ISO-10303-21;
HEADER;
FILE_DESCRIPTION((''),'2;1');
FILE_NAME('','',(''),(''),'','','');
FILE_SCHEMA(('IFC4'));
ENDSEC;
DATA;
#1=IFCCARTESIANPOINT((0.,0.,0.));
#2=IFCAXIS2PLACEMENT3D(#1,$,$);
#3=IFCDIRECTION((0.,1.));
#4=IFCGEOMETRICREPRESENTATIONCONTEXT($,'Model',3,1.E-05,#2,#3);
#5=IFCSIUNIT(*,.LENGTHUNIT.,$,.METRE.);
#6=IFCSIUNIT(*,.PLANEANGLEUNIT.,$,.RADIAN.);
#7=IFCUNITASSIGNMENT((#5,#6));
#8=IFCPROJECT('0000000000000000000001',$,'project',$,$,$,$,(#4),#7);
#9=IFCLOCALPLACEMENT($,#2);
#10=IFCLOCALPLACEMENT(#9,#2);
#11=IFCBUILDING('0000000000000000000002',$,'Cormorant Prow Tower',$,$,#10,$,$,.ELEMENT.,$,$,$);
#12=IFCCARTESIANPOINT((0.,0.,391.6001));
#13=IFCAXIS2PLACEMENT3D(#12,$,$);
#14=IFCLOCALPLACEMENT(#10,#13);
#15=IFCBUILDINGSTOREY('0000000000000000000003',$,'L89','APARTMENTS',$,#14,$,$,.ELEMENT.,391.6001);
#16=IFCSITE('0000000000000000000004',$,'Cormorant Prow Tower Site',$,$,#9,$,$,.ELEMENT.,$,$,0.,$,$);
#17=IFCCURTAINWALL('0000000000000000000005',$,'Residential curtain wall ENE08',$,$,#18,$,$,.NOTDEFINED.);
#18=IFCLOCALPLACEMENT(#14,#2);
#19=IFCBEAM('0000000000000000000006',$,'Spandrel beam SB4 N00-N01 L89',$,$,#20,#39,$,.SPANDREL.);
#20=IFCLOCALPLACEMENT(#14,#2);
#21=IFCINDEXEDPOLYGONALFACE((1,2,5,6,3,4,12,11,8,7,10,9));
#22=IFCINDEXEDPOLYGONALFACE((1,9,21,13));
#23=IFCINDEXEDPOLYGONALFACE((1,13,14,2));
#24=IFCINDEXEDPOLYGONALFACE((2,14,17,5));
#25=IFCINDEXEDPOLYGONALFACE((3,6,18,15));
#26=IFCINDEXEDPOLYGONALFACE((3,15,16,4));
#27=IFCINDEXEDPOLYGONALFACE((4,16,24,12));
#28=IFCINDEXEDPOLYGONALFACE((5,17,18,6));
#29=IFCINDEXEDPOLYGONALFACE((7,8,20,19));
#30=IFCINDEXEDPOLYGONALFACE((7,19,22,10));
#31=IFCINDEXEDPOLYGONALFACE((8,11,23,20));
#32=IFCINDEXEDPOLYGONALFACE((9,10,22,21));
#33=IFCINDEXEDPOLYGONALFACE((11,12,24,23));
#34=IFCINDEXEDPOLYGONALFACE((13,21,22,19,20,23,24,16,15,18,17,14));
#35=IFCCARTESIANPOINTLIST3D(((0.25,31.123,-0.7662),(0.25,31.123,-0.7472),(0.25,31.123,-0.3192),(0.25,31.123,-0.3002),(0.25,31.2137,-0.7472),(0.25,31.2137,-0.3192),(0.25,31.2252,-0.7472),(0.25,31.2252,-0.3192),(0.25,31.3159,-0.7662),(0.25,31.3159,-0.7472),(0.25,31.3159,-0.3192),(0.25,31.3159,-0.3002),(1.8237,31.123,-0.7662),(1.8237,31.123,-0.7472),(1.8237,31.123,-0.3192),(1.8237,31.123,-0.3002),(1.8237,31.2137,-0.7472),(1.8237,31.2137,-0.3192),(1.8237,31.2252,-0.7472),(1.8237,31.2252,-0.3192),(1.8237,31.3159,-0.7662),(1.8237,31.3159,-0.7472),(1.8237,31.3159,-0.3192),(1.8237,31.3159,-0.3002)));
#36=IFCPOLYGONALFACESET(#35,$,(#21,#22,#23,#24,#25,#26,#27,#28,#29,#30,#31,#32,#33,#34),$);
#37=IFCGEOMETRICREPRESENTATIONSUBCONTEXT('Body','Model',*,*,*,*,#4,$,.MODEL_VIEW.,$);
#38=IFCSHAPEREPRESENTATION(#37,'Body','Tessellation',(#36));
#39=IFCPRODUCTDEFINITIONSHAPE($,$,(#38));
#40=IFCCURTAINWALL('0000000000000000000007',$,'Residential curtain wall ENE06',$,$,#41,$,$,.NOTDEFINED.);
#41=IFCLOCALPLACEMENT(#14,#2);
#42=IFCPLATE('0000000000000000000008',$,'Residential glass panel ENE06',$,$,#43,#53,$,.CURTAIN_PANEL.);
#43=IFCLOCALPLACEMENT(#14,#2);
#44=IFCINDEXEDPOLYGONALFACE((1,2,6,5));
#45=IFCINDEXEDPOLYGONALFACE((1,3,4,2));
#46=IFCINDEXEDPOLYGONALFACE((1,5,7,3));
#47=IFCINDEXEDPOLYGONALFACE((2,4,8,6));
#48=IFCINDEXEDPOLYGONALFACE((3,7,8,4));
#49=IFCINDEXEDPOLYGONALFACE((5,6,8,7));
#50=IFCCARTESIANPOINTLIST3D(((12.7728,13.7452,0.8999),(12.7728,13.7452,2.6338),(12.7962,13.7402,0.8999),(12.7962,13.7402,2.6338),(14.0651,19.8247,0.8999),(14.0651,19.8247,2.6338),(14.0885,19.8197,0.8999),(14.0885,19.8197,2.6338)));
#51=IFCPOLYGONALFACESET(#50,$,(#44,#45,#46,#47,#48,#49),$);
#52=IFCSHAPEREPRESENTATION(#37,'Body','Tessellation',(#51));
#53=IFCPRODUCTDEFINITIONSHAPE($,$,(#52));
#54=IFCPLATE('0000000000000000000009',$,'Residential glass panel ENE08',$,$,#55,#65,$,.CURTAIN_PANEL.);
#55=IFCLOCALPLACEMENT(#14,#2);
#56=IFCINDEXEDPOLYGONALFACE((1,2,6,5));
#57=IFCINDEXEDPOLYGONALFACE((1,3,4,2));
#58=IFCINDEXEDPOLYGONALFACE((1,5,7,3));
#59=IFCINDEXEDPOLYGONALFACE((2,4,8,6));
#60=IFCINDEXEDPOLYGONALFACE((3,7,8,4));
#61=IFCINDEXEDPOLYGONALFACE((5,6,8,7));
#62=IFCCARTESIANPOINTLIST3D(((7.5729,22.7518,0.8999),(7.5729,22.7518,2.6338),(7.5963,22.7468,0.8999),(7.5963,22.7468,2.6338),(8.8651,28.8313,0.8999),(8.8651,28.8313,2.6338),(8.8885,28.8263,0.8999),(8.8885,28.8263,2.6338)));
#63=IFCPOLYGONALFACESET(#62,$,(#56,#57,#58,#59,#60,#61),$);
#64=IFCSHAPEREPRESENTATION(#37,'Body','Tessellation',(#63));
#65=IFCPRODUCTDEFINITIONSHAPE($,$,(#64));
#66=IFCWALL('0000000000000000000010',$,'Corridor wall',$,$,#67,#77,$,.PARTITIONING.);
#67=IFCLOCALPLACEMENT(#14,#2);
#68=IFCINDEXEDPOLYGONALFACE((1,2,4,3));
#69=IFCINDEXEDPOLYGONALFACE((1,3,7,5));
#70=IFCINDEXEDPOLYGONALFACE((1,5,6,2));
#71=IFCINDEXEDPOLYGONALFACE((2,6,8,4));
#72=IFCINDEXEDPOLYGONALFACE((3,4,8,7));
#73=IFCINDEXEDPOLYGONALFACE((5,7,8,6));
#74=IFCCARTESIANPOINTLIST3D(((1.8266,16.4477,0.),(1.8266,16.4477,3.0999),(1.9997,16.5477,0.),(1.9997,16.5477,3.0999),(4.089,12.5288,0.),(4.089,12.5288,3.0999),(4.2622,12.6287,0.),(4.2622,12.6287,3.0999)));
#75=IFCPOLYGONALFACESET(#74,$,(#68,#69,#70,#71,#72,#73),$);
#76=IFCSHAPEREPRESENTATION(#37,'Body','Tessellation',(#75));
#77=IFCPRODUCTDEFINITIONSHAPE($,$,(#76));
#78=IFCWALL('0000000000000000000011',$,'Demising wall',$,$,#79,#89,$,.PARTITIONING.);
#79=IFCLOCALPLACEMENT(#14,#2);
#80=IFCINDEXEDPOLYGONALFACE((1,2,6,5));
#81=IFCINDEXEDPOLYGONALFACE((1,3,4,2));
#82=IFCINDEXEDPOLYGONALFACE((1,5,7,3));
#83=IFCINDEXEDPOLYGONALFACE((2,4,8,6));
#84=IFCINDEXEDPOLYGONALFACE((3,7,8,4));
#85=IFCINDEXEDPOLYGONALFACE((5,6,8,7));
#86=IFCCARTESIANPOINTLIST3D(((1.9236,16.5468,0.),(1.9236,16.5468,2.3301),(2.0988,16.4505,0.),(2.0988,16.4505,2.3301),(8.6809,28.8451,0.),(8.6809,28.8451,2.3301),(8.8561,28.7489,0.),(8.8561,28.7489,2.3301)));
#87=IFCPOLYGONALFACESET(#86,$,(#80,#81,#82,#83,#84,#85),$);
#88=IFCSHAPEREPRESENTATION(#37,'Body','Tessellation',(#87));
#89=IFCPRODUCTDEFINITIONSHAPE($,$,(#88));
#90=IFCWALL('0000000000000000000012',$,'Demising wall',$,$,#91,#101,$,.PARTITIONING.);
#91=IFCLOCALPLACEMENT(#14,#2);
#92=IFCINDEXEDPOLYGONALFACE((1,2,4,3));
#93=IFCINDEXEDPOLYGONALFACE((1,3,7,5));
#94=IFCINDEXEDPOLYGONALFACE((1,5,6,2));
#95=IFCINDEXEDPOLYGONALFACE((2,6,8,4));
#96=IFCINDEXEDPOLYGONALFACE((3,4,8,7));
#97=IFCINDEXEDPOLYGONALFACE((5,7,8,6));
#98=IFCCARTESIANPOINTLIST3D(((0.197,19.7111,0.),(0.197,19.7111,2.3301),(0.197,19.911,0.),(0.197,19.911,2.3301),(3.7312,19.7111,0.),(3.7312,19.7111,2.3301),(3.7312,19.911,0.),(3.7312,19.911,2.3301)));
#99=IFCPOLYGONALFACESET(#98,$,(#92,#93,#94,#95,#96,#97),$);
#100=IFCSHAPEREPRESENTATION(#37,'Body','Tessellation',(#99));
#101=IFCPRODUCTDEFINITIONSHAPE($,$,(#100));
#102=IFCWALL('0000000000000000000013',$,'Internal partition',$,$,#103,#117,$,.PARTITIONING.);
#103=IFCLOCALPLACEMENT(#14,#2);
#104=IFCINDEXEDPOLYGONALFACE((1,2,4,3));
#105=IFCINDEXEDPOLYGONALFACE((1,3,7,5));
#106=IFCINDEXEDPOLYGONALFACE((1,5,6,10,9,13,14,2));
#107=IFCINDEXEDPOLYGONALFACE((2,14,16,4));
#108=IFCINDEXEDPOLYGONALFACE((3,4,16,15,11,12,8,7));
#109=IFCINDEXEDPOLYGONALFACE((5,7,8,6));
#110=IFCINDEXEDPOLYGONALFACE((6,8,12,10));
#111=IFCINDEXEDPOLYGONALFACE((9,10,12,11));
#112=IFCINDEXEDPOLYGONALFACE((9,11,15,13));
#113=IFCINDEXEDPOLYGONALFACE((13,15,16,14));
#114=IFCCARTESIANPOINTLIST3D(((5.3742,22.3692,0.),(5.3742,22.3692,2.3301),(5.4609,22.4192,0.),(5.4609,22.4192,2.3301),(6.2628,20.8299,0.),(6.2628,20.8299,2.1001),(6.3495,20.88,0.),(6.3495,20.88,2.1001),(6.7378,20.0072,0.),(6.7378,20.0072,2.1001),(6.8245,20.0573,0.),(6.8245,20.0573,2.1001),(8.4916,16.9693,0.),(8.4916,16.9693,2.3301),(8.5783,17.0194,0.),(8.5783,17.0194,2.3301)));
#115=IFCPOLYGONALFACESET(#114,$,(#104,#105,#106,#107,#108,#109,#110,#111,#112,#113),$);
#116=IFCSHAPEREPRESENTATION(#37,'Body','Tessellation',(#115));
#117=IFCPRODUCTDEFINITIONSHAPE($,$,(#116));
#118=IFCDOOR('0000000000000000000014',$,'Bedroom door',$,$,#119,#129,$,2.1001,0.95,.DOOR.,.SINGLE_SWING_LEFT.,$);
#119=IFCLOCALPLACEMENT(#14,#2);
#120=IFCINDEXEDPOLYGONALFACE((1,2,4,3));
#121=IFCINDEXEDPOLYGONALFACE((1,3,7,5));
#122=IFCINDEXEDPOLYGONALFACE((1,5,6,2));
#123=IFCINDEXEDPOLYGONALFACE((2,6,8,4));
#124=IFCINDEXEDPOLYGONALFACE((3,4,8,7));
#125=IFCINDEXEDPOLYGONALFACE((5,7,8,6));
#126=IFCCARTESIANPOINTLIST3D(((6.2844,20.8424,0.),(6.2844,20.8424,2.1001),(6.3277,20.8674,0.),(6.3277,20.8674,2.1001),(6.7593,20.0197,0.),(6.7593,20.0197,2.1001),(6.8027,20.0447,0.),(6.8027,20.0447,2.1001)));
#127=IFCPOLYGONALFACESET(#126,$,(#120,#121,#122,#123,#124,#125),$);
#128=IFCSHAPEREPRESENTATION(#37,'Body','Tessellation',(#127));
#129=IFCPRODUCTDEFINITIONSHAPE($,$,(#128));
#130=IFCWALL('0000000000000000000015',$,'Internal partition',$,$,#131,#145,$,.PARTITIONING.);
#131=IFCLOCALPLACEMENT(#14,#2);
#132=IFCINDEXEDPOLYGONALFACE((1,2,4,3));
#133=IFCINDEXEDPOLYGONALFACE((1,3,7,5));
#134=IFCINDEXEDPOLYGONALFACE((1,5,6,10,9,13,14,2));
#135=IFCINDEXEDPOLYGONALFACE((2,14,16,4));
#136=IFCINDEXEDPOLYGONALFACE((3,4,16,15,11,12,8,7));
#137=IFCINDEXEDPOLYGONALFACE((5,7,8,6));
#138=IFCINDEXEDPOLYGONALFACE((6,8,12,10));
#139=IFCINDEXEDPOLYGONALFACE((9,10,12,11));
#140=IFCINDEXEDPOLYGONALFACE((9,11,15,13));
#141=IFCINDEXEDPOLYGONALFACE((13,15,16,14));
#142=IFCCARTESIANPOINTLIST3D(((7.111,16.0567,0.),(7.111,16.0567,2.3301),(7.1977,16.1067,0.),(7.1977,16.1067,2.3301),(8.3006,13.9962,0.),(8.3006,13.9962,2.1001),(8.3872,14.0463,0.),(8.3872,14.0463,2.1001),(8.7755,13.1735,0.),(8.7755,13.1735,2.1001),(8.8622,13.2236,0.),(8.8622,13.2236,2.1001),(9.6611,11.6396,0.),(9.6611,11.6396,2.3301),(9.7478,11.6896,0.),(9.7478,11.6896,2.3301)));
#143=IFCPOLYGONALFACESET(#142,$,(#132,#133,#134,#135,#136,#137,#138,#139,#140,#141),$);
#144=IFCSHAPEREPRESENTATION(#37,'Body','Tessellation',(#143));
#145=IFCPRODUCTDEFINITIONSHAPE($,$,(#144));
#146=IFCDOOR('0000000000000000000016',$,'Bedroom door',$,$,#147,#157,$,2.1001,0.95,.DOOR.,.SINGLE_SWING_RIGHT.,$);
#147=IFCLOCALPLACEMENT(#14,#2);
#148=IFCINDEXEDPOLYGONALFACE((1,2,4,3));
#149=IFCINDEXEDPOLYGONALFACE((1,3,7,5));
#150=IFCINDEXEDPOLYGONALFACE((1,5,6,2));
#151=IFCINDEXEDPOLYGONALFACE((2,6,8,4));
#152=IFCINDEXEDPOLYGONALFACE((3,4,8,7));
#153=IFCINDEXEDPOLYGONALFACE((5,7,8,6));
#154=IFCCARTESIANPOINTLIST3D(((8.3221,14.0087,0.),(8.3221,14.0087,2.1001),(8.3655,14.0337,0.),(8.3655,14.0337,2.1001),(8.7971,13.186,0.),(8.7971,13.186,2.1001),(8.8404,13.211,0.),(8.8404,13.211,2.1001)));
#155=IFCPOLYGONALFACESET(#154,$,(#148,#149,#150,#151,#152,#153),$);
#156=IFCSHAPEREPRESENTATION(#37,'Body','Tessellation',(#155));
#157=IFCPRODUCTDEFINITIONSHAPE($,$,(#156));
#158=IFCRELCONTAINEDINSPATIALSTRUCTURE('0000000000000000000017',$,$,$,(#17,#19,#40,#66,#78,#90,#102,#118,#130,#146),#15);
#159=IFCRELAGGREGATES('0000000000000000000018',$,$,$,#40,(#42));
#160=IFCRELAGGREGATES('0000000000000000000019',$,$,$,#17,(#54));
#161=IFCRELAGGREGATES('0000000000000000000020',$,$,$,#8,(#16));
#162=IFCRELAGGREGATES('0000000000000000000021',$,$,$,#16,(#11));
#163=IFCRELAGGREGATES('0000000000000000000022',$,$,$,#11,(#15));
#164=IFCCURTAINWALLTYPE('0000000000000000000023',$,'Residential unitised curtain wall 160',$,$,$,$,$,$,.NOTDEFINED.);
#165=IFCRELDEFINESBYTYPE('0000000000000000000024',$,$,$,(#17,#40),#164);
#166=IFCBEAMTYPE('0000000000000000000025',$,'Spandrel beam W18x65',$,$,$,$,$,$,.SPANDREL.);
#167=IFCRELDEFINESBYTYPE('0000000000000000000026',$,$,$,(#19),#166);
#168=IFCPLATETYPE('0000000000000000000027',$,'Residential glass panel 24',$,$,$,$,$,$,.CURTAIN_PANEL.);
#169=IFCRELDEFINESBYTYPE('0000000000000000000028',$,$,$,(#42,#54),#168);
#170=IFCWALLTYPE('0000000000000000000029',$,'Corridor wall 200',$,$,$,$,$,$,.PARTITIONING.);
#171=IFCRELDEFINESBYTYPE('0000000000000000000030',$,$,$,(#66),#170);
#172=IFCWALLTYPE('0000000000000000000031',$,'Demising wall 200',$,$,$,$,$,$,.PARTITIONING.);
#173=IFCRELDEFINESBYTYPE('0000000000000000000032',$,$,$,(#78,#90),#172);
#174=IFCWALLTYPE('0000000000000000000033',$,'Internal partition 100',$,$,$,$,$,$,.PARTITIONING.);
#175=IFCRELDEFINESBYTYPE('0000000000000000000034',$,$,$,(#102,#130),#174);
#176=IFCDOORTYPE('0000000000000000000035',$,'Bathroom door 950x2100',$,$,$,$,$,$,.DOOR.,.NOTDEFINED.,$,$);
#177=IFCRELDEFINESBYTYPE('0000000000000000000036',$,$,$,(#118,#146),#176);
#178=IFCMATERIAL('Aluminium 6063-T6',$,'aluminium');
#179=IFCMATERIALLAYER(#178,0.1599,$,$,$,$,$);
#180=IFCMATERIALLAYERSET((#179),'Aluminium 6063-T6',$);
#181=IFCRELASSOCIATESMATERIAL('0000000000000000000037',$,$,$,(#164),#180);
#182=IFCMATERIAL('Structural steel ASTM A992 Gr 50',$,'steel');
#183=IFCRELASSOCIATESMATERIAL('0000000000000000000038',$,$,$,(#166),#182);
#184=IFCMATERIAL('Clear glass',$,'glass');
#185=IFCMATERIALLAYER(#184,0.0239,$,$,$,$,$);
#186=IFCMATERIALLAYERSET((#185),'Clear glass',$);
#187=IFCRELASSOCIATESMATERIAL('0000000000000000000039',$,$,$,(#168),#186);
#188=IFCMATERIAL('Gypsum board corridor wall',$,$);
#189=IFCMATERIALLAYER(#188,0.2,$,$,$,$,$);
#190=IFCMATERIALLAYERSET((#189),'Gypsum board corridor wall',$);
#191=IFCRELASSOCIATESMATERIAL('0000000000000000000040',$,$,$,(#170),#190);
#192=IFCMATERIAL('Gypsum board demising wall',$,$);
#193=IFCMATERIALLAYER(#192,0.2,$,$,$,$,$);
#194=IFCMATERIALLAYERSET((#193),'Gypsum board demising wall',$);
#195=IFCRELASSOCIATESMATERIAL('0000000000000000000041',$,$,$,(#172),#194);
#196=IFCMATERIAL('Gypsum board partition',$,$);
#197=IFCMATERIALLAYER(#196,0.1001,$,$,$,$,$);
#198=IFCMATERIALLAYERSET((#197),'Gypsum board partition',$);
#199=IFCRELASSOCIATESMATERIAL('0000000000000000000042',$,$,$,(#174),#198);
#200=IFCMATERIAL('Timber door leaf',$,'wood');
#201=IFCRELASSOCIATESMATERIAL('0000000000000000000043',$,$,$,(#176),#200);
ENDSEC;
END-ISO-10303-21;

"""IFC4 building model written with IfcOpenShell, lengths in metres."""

from ifc_helpers import new_model, si_unit, direction, frame, frame_2d, origin, origin_2d, place, context, subcontext, project, spatial, rectangle, i_section, extrude, material, layer, layer_set, material_profile, profile_set, type_object, element, fill, aggregate, save


model = new_model("IFC4")

# Units and contexts
model_context = context("Model", 3, precision=1e-05, world=origin(), true_north=direction((0.0, 1.0)))
body_context = subcontext(model_context, "Body", "Model", "MODEL_VIEW")
ifc_project = project(units=[si_unit("LENGTHUNIT", "METRE"), si_unit("PLANEANGLEUNIT", "RADIAN")], contexts=[model_context])

# Site, building, storey
site_placement = place(None, origin())
site = spatial("IfcSite", under=ifc_project, at=site_placement, Name="Cormorant Prow Tower Site", CompositionType="ELEMENT", RefElevation=0.0)
building_placement = place(site_placement, origin())
building = spatial("IfcBuilding", under=site, at=building_placement, Name="Cormorant Prow Tower", CompositionType="ELEMENT")
storey_placement = place(building_placement, frame((0.0, 0.0, 391.6001)))
storey = spatial("IfcBuildingStorey", under=building, at=storey_placement, Name="L89", Description="APARTMENTS", CompositionType="ELEMENT", Elevation=391.6001)

# Curtain wall
ifc_material_1 = material(Name="Aluminium 6063-T6", Category="aluminium")
ifc_layer_1 = layer(ifc_material_1, 0.1599)
ifc_layer_set_1 = layer_set([ifc_layer_1], Name="Aluminium 6063-T6")
curtain_wall_type = type_object("IfcCurtainWallType", Name="Residential unitised curtain wall 160", PredefinedType="NOTDEFINED", material=ifc_layer_set_1)
curtain_wall_1_placement = place(storey_placement, origin())
curtain_wall_1 = element("IfcCurtainWall", 1, at=curtain_wall_1_placement, inside=storey, type_object=curtain_wall_type, Name="Residential curtain wall ENE08", PredefinedType="NOTDEFINED")

# Beam
ifc_material_2 = material(Name="Structural steel ASTM A992 Gr 50", Category="steel")
ifc_material_profile_1 = material_profile(ifc_material_2, i_section(OverallWidth=0.1929, OverallDepth=0.4661, WebThickness=0.0115, FlangeThickness=0.019, at=origin_2d()), Name="W18x65")
ifc_profile_set_1 = profile_set([ifc_material_profile_1], Name="Structural steel ASTM A992 Gr 50")
beam_type = type_object("IfcBeamType", Name="Spandrel beam W18x65", PredefinedType="SPANDREL", material=ifc_profile_set_1)
beam_1_placement = place(storey_placement, frame((1.8237, 31.2195, -0.5332), z_axis=(-1.0, 0.0, 0.0), x_axis=(0.0, -1.0, 0.0)))
element("IfcBeam", 2, at=beam_1_placement, inside=storey, type_object=beam_type, Name="Spandrel beam SB4 N00-N01 L89", PredefinedType="SPANDREL", context=body_context, shape_type="SweptSolid", body=[
    extrude(i_section(OverallWidth=0.1929, OverallDepth=0.4661, WebThickness=0.0115, FlangeThickness=0.019, at=origin_2d()), origin(), (0.0, 0.0, 1.0), 1.5737),
])

# Curtain wall, plate
curtain_wall_2_placement = place(storey_placement, origin())
curtain_wall_2 = element("IfcCurtainWall", 3, at=curtain_wall_2_placement, inside=storey, type_object=curtain_wall_type, Name="Residential curtain wall ENE06", PredefinedType="NOTDEFINED")
ifc_material_3 = material(Name="Clear glass", Category="glass")
ifc_layer_2 = layer(ifc_material_3, 0.0239)
ifc_layer_set_2 = layer_set([ifc_layer_2], Name="Clear glass")
plate_type = type_object("IfcPlateType", Name="Residential glass panel 24", PredefinedType="CURTAIN_PANEL", material=ifc_layer_set_2)
plate_1_placement = place(storey_placement, frame((13.4307, 16.7825, 0.8999), z_axis=(0.0, 0.0, 1.0), x_axis=(0.207912, 0.978148, 0.0)))
plate_1 = element("IfcPlate", 4, at=plate_1_placement, type_object=plate_type, Name="Residential glass panel ENE06", PredefinedType="CURTAIN_PANEL", context=body_context, shape_type="SweptSolid", body=[
    extrude(rectangle(XDim=6.2153, YDim=0.0239, at=origin_2d()), origin(), (0.0, 0.0, 1.0), 1.7339),
])
aggregate(curtain_wall_2, [plate_1])

# Plate
plate_2_placement = place(storey_placement, frame((8.2307, 25.7891, 0.8999), z_axis=(0.0, 0.0, 1.0), x_axis=(0.207912, 0.978148, 0.0)))
plate_2 = element("IfcPlate", 5, at=plate_2_placement, type_object=plate_type, Name="Residential glass panel ENE08", PredefinedType="CURTAIN_PANEL", context=body_context, shape_type="SweptSolid", body=[
    extrude(rectangle(XDim=6.2153, YDim=0.0239, at=origin_2d()), origin(), (0.0, 0.0, 1.0), 1.7339),
])
aggregate(curtain_wall_1, [plate_2])

# Walls
ifc_material_4 = material(Name="Gypsum board corridor wall")
ifc_layer_3 = layer(ifc_material_4, 0.2)
ifc_layer_set_3 = layer_set([ifc_layer_3], Name="Gypsum board corridor wall")
wall_type_1 = type_object("IfcWallType", Name="Corridor wall 200", PredefinedType="PARTITIONING", material=ifc_layer_set_3)
wall_1_placement = place(storey_placement, frame((1.9131, 16.4978, 0.0), z_axis=(0.0, 0.0, 1.0), x_axis=(0.499975, -0.86604, 0.0)))
element("IfcWall", 6, at=wall_1_placement, inside=storey, type_object=wall_type_1, Name="Corridor wall", PredefinedType="PARTITIONING", context=body_context, shape_type="SweptSolid", body=[
    extrude(rectangle(XDim=4.5251, YDim=0.2, at=frame_2d((2.2627, 0.0))), origin(), (0.0, 0.0, 1.0), 3.0999),
])
ifc_material_5 = material(Name="Gypsum board demising wall")
ifc_layer_4 = layer(ifc_material_5, 0.2)
ifc_layer_set_4 = layer_set([ifc_layer_4], Name="Gypsum board demising wall")
wall_type_2 = type_object("IfcWallType", Name="Demising wall 200", PredefinedType="PARTITIONING", material=ifc_layer_set_4)
wall_2_placement = place(storey_placement, frame((2.0112, 16.4988, 0.0), z_axis=(0.0, 0.0, 1.0), x_axis=(0.481549, 0.876419, 0.0)))
element("IfcWall", 7, at=wall_2_placement, inside=storey, type_object=wall_type_2, Name="Demising wall", PredefinedType="PARTITIONING", context=body_context, shape_type="SweptSolid", body=[
    extrude(rectangle(XDim=14.0325, YDim=0.2, at=frame_2d((7.0161, 0.0))), origin(), (0.0, 0.0, 1.0), 2.3301),
])
wall_3_placement = place(storey_placement, frame((0.197, 19.811, 0.0), z_axis=(0.0, 0.0, 1.0), x_axis=(1.0, 0.0, 0.0)))
element("IfcWall", 8, at=wall_3_placement, inside=storey, type_object=wall_type_2, Name="Demising wall", PredefinedType="PARTITIONING", context=body_context, shape_type="SweptSolid", body=[
    extrude(rectangle(XDim=3.5342, YDim=0.2, at=frame_2d((1.7671, 0.0))), origin(), (0.0, 0.0, 1.0), 2.3301),
])

# Walls, openings, doors
ifc_material_6 = material(Name="Gypsum board partition")
ifc_layer_5 = layer(ifc_material_6, 0.1001)
ifc_layer_set_5 = layer_set([ifc_layer_5], Name="Gypsum board partition")
wall_type_3 = type_object("IfcWallType", Name="Internal partition 100", PredefinedType="PARTITIONING", material=ifc_layer_set_5)
wall_4_placement = place(storey_placement, frame((5.4175, 22.3943, 0.0), z_axis=(0.0, 0.0, 1.0), x_axis=(0.499976, -0.86604, 0.0)))
wall_4 = element("IfcWall", 9, at=wall_4_placement, inside=storey, type_object=wall_type_3, Name="Internal partition", PredefinedType="PARTITIONING", context=body_context, shape_type="SweptSolid", body=[
    extrude(rectangle(XDim=6.2351, YDim=0.1001, at=frame_2d((3.1177, 0.0))), origin(), (0.0, 0.0, 1.0), 2.3301),
])
opening_1_placement = place(wall_4_placement, frame((1.7773, 0.0, 0.0)))
opening_1 = element("IfcOpeningElement", 10, at=opening_1_placement, cuts=wall_4, PredefinedType="OPENING", context=body_context, shape_type="SweptSolid", body=[
    extrude(rectangle(XDim=0.95, YDim=2.1001, at=frame_2d((0.4751, 1.05))), frame((0.0, 0.0601, 0.0), z_axis=(0.0, -1.0, 0.0), x_axis=(1.0, 0.0, 0.0)), (0.0, 0.0, 1.0), 0.1201),
])
ifc_material_7 = material(Name="Timber door leaf", Category="wood")
door_type_1 = type_object("IfcDoorType", Name="Bathroom door 950x2100", OperationType="NOTDEFINED", PredefinedType="DOOR", material=ifc_material_7)
door_1_placement = place(opening_1_placement, origin())
door_1 = element("IfcDoor", 11, at=door_1_placement, inside=storey, type_object=door_type_1, Name="Bedroom door", OperationType="SINGLE_SWING_LEFT", OverallHeight=2.1001, OverallWidth=0.95, PredefinedType="DOOR", context=body_context, shape_type="SweptSolid", body=[
    extrude(rectangle(XDim=0.95, YDim=2.1001, at=frame_2d((0.4751, 1.05))), frame((0.0, 0.0249, 0.0), z_axis=(0.0, -1.0, 0.0), x_axis=(1.0, 0.0, 0.0)), (0.0, 0.0, 1.0), 0.05),
])
fill(opening_1, door_1)
wall_5_placement = place(storey_placement, frame((7.1543, 16.0818, 0.0), z_axis=(0.0, 0.0, 1.0), x_axis=(0.499985, -0.866034, 0.0)))
wall_5 = element("IfcWall", 12, at=wall_5_placement, inside=storey, type_object=wall_type_3, Name="Internal partition", PredefinedType="PARTITIONING", context=body_context, shape_type="SweptSolid", body=[
    extrude(rectangle(XDim=5.1003, YDim=0.1001, at=frame_2d((2.5503, 0.0))), origin(), (0.0, 0.0, 1.0), 2.3301),
])
opening_2_placement = place(wall_5_placement, frame((2.3792, 0.0, 0.0)))
opening_2 = element("IfcOpeningElement", 13, at=opening_2_placement, cuts=wall_5, PredefinedType="OPENING", context=body_context, shape_type="SweptSolid", body=[
    extrude(rectangle(XDim=0.95, YDim=2.1001, at=frame_2d((0.4751, 1.05))), frame((0.0, 0.0601, 0.0), z_axis=(0.0, -1.0, 0.0), x_axis=(1.0, 0.0, 0.0)), (0.0, 0.0, 1.0), 0.1201),
])
door_2_placement = place(opening_2_placement, origin())
door_2 = element("IfcDoor", 14, at=door_2_placement, inside=storey, type_object=door_type_1, Name="Bedroom door", OperationType="SINGLE_SWING_RIGHT", OverallHeight=2.1001, OverallWidth=0.95, PredefinedType="DOOR", context=body_context, shape_type="SweptSolid", body=[
    extrude(rectangle(XDim=0.95, YDim=2.1001, at=frame_2d((0.4751, 1.05))), frame((0.0, 0.0249, 0.0), z_axis=(0.0, -1.0, 0.0), x_axis=(1.0, 0.0, 0.0)), (0.0, 0.0, 1.0), 0.05),
])
fill(opening_2, door_2)

save(model, "model.ifc")
